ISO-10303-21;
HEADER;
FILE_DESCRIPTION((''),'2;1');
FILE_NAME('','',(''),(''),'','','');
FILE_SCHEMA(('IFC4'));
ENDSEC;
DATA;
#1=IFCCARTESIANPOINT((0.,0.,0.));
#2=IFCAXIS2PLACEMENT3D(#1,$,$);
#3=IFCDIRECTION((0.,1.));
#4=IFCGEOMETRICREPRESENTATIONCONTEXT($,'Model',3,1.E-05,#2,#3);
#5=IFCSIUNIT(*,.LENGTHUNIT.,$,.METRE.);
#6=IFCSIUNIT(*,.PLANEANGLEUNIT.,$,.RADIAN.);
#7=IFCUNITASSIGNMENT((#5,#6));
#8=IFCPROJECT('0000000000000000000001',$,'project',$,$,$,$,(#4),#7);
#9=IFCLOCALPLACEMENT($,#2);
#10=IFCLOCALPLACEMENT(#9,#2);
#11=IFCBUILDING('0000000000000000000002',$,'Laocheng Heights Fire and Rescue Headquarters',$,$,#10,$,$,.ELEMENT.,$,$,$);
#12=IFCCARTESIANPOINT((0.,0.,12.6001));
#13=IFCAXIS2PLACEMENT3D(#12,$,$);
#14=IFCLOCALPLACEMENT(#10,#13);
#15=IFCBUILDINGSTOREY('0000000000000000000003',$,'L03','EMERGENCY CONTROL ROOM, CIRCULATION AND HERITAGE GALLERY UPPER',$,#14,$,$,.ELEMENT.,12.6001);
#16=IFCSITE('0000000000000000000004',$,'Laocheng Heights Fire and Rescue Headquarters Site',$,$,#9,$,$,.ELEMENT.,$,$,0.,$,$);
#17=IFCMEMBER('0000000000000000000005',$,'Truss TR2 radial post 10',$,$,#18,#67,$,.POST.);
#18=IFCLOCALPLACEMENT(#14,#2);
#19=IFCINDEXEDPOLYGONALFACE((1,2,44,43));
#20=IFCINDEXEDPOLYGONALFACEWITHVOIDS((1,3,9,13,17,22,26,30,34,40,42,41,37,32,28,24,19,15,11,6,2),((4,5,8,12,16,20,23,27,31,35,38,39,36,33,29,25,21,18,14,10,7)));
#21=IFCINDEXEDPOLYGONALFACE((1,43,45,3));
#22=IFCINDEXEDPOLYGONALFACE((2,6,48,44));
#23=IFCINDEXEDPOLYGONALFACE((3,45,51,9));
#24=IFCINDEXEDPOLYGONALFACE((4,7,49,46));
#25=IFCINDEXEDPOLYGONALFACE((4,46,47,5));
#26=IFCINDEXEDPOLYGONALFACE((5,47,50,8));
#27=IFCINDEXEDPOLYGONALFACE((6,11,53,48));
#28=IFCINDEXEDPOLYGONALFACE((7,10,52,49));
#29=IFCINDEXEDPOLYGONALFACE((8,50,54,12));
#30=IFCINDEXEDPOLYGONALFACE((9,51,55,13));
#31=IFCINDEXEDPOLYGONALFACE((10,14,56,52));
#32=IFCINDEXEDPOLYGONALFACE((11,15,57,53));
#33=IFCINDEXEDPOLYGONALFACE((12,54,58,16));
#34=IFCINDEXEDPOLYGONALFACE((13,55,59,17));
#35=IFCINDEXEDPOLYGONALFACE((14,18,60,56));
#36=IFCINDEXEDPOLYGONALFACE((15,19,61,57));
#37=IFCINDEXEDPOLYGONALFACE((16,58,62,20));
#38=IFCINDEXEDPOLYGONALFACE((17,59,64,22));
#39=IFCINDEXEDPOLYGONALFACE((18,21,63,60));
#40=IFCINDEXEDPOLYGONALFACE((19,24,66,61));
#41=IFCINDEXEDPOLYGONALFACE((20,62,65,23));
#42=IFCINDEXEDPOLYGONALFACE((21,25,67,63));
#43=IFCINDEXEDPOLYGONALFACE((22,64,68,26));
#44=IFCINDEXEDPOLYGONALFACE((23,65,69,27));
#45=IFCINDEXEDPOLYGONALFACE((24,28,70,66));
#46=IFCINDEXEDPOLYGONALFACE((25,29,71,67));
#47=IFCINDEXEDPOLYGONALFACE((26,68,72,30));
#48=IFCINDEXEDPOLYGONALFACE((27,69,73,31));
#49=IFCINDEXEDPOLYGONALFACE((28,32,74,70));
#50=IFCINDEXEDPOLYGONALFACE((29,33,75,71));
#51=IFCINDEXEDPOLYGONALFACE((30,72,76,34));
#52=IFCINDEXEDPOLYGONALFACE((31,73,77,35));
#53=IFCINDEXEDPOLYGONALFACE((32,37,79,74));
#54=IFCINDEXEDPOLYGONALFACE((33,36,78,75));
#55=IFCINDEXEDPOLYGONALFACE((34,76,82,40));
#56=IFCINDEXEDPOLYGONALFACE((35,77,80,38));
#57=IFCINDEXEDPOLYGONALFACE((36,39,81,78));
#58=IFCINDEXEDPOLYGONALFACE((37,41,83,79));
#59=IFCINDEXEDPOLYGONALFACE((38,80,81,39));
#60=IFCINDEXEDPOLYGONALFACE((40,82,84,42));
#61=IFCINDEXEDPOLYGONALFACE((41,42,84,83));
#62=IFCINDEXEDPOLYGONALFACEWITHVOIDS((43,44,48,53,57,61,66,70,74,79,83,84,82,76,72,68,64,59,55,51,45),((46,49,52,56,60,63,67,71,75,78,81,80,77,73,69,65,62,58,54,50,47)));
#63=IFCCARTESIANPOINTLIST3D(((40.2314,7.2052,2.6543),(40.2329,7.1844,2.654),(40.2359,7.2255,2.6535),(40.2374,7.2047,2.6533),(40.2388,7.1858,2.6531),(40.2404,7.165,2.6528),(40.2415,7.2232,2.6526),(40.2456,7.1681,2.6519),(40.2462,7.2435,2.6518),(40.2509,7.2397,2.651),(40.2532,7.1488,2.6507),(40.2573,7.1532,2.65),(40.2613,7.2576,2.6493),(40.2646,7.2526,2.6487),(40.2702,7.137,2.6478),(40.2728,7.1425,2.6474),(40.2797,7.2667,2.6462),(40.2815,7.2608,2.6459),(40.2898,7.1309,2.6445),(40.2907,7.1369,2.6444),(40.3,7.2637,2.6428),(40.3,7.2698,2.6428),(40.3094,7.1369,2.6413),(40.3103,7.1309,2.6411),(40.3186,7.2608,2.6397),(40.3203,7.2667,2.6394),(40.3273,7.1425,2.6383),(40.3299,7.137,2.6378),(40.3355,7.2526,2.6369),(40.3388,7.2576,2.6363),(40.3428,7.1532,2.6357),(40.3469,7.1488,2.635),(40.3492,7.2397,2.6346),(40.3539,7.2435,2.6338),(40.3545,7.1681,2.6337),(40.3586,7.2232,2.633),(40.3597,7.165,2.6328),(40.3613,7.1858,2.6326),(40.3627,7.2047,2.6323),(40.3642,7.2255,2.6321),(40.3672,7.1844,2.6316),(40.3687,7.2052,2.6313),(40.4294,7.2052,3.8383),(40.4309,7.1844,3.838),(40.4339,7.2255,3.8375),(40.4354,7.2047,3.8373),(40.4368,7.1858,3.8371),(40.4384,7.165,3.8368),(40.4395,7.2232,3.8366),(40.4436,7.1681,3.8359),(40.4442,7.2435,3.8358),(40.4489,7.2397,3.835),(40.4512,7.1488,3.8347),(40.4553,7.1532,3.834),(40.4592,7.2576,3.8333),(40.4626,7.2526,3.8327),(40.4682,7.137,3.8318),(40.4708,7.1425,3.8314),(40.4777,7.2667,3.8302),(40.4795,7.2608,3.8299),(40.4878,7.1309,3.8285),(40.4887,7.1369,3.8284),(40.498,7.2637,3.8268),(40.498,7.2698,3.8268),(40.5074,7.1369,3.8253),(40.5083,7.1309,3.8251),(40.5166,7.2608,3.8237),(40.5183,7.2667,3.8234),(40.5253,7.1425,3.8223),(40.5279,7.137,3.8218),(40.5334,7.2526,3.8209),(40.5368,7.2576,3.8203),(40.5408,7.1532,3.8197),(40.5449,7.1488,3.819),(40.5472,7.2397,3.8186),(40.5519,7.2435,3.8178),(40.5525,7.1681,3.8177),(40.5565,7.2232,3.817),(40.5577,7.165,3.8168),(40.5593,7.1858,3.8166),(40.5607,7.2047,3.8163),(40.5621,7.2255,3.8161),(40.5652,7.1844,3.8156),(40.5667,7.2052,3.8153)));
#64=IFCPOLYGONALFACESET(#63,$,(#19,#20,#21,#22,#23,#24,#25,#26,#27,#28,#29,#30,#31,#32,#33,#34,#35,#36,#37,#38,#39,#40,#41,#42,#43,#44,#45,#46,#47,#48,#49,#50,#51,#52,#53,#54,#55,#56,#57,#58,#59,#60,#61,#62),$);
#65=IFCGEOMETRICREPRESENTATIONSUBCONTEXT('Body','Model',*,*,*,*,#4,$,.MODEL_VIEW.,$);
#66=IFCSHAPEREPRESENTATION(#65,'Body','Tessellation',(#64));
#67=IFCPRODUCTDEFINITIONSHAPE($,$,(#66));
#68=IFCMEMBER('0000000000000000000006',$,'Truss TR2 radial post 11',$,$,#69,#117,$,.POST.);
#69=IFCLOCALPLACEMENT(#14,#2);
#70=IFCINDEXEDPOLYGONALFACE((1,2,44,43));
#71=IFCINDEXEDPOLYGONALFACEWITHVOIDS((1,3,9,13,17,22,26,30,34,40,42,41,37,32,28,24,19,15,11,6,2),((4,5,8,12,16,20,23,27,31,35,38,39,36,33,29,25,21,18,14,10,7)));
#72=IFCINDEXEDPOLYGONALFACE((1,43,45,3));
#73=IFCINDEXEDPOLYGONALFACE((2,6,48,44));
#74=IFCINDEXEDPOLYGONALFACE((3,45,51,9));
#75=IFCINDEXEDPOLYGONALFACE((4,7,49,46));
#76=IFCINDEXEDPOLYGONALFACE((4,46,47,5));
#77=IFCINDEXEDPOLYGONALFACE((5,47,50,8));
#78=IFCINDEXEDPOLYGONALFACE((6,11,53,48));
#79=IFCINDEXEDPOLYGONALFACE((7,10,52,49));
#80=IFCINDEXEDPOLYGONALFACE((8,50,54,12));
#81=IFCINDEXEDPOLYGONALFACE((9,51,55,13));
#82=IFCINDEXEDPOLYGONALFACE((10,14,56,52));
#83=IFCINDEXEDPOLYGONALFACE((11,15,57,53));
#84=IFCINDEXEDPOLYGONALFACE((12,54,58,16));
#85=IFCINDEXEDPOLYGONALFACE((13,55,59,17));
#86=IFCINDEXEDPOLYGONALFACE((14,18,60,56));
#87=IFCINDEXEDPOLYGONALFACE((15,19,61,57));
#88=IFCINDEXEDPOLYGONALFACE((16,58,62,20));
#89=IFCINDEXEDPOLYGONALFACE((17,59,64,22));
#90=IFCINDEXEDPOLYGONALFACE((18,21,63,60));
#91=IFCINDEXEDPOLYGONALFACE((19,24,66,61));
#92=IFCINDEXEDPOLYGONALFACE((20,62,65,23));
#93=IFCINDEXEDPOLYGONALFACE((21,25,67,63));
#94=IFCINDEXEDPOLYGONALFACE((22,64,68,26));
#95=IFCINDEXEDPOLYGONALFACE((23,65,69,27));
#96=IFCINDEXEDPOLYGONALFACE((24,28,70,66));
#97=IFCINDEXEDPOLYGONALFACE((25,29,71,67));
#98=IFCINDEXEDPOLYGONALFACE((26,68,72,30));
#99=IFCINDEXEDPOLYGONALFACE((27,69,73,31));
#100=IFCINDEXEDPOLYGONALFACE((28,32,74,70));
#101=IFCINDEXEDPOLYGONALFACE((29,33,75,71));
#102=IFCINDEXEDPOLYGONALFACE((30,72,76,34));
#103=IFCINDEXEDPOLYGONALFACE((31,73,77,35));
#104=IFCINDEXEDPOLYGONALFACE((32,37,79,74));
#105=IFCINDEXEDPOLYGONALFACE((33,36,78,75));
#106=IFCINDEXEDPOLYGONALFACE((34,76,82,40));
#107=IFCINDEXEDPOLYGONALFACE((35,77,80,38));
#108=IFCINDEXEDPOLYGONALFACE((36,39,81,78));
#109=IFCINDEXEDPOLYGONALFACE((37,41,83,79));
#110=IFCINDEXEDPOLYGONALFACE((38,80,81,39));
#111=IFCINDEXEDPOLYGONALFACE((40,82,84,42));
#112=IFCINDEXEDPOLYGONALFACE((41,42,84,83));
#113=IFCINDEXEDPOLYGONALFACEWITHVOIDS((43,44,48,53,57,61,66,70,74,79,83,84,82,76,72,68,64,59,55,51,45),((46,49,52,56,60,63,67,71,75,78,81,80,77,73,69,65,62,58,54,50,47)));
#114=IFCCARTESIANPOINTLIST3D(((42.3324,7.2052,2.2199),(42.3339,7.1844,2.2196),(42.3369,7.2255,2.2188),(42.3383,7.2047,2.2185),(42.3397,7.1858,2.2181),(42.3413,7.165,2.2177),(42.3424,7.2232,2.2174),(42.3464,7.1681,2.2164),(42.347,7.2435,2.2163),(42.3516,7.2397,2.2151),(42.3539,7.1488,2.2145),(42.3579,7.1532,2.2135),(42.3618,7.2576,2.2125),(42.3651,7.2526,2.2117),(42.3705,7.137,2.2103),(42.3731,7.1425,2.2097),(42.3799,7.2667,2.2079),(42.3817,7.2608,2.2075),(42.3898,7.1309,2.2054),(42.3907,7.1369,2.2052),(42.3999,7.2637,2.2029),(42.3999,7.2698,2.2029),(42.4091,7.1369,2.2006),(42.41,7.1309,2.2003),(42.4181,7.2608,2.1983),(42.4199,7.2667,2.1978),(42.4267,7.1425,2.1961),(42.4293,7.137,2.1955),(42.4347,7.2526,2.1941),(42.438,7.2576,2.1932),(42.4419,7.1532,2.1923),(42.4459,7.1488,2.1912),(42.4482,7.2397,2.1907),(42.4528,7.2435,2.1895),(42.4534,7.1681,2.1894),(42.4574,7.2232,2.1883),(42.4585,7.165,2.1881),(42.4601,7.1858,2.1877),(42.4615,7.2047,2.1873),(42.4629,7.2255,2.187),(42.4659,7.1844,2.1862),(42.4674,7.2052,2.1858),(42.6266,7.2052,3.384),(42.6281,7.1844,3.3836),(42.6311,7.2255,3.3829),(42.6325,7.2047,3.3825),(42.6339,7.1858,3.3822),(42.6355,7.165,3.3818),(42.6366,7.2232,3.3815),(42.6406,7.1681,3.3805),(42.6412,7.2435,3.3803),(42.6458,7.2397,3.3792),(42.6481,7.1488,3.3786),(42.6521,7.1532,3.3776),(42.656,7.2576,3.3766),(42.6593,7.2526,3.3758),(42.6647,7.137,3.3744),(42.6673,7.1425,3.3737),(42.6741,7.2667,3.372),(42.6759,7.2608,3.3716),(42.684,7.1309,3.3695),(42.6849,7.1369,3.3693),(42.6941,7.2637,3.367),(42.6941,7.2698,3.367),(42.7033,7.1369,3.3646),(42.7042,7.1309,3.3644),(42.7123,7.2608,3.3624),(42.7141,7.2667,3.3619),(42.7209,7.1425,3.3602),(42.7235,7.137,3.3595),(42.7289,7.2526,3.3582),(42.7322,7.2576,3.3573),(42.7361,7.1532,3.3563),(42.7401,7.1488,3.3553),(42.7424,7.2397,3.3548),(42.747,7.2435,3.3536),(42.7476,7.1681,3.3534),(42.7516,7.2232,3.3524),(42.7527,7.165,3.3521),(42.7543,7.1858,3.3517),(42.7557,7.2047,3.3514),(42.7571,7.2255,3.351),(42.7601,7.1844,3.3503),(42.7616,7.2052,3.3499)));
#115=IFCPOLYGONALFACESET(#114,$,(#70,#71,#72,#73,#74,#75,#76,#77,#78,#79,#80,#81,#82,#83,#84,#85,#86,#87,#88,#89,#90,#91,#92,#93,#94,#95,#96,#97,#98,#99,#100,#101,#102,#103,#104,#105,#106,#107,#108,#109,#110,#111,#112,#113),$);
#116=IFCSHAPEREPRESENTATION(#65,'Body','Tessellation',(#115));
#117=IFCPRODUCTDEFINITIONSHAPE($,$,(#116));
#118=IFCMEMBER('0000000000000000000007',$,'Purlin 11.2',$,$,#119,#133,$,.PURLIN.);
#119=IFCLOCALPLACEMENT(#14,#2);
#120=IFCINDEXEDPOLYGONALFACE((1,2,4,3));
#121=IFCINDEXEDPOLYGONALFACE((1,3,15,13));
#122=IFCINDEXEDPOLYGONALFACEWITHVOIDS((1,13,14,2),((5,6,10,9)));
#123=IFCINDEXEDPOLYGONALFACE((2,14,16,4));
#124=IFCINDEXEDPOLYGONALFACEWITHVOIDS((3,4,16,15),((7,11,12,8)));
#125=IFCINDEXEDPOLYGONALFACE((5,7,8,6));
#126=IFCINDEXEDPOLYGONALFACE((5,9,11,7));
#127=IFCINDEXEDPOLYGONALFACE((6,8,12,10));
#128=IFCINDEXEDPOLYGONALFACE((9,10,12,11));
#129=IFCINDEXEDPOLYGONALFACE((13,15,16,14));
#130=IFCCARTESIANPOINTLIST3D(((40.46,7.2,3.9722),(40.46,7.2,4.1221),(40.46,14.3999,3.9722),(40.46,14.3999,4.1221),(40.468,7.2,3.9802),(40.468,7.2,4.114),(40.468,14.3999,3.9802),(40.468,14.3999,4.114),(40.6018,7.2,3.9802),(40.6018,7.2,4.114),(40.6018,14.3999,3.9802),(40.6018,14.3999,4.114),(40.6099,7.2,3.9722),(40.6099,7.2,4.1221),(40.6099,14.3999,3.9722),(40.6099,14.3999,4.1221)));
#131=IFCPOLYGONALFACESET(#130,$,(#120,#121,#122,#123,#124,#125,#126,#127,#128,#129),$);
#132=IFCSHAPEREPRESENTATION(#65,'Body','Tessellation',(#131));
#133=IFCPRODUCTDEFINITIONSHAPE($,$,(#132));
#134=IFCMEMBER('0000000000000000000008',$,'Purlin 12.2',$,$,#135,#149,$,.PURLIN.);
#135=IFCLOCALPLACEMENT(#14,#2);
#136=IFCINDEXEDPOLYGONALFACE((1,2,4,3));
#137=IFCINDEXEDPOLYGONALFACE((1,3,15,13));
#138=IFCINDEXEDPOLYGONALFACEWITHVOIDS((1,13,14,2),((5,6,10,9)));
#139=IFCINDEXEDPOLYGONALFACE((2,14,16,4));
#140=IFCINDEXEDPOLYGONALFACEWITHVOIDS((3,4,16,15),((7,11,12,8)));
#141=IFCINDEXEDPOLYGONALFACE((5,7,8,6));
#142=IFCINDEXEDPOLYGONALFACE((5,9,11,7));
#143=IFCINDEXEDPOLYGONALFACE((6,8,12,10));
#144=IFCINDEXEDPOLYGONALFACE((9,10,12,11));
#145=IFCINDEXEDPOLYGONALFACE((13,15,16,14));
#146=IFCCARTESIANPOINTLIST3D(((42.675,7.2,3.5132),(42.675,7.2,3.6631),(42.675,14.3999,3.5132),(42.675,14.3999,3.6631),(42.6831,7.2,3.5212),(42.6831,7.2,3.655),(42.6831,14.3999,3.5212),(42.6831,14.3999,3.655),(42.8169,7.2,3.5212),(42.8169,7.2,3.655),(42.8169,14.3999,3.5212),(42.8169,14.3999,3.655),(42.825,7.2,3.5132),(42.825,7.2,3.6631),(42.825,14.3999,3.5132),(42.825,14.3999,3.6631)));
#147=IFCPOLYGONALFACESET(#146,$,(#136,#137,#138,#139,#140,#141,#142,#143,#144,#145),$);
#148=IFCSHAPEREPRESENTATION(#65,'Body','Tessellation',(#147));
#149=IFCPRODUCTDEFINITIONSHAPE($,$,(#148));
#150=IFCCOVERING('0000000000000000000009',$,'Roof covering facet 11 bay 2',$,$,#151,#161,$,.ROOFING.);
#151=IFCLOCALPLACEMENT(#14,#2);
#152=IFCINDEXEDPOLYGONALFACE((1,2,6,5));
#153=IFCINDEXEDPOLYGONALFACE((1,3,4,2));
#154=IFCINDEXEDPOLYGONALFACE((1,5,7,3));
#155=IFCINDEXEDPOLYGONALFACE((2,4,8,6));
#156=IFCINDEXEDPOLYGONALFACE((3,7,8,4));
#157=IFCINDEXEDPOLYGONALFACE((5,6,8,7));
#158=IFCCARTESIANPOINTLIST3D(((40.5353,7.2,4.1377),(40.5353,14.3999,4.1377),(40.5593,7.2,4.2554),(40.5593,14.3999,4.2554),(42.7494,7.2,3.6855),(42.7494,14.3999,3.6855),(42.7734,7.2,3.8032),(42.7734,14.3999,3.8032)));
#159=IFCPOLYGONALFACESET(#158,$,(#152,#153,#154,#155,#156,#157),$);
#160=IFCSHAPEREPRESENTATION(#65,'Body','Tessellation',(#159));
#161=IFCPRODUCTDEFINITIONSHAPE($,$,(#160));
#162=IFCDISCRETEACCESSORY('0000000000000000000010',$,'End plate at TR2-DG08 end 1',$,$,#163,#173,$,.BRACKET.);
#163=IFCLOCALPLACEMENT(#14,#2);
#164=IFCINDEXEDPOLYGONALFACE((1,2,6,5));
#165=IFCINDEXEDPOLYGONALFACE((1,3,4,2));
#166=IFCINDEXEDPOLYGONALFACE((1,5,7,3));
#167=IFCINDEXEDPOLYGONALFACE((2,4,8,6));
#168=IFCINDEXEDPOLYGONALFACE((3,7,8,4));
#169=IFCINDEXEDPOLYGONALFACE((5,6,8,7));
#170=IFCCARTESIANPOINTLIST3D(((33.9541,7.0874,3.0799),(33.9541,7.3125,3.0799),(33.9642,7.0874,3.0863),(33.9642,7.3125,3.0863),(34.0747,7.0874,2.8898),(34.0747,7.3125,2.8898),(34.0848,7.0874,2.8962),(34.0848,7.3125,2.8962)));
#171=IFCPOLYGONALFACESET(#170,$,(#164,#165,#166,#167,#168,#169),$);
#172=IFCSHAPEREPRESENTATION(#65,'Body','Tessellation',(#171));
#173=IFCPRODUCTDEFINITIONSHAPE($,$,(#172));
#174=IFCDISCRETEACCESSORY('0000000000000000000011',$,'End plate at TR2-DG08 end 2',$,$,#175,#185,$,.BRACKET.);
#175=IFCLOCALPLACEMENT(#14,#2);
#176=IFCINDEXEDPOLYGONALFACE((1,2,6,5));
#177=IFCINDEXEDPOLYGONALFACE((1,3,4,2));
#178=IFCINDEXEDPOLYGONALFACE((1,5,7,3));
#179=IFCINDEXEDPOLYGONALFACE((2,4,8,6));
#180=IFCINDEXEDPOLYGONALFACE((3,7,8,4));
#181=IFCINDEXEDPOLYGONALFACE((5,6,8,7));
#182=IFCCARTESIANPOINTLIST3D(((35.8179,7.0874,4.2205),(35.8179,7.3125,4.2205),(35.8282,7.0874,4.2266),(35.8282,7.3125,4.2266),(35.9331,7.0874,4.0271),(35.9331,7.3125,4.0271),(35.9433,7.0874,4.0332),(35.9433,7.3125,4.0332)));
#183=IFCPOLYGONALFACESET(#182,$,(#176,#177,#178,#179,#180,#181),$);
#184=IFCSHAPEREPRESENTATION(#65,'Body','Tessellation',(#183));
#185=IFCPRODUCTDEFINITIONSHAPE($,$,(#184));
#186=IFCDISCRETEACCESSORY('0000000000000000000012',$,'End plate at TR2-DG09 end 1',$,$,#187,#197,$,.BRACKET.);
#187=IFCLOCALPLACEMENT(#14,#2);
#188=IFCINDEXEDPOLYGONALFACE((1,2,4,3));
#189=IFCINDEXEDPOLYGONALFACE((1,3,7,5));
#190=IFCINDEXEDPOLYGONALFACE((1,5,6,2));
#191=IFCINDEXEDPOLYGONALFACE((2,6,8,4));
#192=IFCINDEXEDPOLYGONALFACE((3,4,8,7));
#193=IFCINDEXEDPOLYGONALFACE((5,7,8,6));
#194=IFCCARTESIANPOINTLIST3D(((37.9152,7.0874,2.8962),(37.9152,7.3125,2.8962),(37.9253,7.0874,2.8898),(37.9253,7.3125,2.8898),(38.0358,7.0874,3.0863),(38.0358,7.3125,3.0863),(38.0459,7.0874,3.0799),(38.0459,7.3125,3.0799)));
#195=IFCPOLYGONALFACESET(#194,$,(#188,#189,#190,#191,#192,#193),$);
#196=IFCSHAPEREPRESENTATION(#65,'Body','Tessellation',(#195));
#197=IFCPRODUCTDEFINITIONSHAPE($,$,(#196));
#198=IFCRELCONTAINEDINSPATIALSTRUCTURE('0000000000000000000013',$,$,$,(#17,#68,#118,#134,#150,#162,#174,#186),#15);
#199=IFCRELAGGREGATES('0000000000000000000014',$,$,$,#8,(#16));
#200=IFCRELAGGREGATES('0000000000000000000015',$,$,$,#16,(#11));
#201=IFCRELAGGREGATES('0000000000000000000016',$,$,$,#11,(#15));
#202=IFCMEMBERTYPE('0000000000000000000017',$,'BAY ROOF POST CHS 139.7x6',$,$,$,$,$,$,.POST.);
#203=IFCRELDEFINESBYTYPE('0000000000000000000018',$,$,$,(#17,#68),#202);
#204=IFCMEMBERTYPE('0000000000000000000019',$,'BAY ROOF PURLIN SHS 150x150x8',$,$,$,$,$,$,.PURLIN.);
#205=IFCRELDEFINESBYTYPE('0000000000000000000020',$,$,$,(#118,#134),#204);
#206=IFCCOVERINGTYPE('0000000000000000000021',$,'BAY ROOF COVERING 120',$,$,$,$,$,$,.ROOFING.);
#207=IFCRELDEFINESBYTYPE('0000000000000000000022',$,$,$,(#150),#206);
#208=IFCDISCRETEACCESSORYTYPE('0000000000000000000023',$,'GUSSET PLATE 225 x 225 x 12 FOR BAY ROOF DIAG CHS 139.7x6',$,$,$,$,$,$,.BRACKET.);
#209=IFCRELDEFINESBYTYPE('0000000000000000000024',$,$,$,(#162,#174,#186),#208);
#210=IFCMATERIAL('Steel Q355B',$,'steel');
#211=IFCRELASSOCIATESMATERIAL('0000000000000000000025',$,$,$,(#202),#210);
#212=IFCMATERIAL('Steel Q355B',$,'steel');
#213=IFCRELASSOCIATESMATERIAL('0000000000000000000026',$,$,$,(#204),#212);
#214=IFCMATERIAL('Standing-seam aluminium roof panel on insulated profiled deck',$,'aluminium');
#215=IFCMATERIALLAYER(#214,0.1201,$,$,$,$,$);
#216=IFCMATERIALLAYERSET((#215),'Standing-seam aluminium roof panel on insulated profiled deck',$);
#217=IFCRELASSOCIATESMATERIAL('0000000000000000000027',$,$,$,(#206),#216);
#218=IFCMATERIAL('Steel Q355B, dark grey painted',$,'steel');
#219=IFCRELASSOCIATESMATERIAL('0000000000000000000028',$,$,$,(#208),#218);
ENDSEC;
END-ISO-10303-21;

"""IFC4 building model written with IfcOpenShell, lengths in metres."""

from ifc_helpers import new_model, si_unit, direction, frame, origin, origin_2d, place, context, subcontext, project, spatial, polyline, rectangle, hollow_rectangle, hollow_circle, outline, extrude, material, layer, layer_set, material_profile, profile_set, type_object, element, save


model = new_model("IFC4")

# Units and contexts
model_context = context("Model", 3, precision=1e-05, world=origin(), true_north=direction((0.0, 1.0)))
body_context = subcontext(model_context, "Body", "Model", "MODEL_VIEW")
ifc_project = project(units=[si_unit("LENGTHUNIT", "METRE"), si_unit("PLANEANGLEUNIT", "RADIAN")], contexts=[model_context])

# Site, building, storey
site_placement = place(None, origin())
site = spatial("IfcSite", under=ifc_project, at=site_placement, Name="Laocheng Heights Fire and Rescue Headquarters Site", CompositionType="ELEMENT", RefElevation=0.0)
building_placement = place(site_placement, origin())
building = spatial("IfcBuilding", under=site, at=building_placement, Name="Laocheng Heights Fire and Rescue Headquarters", CompositionType="ELEMENT")
storey_placement = place(building_placement, frame((0.0, 0.0, 12.6001)))
storey = spatial("IfcBuildingStorey", under=building, at=storey_placement, Name="L03", Description="EMERGENCY CONTROL ROOM, CIRCULATION AND HERITAGE GALLERY UPPER", CompositionType="ELEMENT", Elevation=12.6001)

# Members
ifc_material_1 = material(Name="Steel Q355B", Category="steel")
ifc_material_profile_1 = material_profile(ifc_material_1, hollow_circle(Radius=0.0698, WallThickness=0.0061, at=origin_2d()), Name="CHS 139.7x6")
ifc_profile_set_1 = profile_set([ifc_material_profile_1], Name="Steel Q355B")
member_type_1 = type_object("IfcMemberType", Name="BAY ROOF POST CHS 139.7x6", PredefinedType="POST", material=ifc_profile_set_1)
member_1_placement = place(storey_placement, frame((40.3, 7.2, 2.6428), z_axis=(0.164927, 0.0, 0.986306), x_axis=(0.0, 1.0, 0.0)))
element("IfcMember", 1, at=member_1_placement, inside=storey, type_object=member_type_1, Name="Truss TR2 radial post 10", PredefinedType="POST", context=body_context, shape_type="SweptSolid", body=[
    extrude(hollow_circle(Radius=0.0698, WallThickness=0.0061, at=origin_2d()), origin(), (0.0, 0.0, 1.0), 1.2004),
])
member_2_placement = place(storey_placement, frame((42.3999, 7.2, 2.2029), z_axis=(0.245023, 0.0, 0.969517), x_axis=(0.0, 1.0, 0.0)))
element("IfcMember", 2, at=member_2_placement, inside=storey, type_object=member_type_1, Name="Truss TR2 radial post 11", PredefinedType="POST", context=body_context, shape_type="SweptSolid", body=[
    extrude(hollow_circle(Radius=0.0698, WallThickness=0.0061, at=origin_2d()), origin(), (0.0, 0.0, 1.0), 1.2007),
])
ifc_material_2 = material(Name="Steel Q355B", Category="steel")
ifc_material_profile_2 = material_profile(ifc_material_2, hollow_rectangle(XDim=0.1499, YDim=0.1499, WallThickness=0.0081, at=origin_2d()), Name="SHS 150x150x8")
ifc_profile_set_2 = profile_set([ifc_material_profile_2], Name="Steel Q355B")
member_type_2 = type_object("IfcMemberType", Name="BAY ROOF PURLIN SHS 150x150x8", PredefinedType="PURLIN", material=ifc_profile_set_2)
for number, where, z_axis, x_axis, name in (
    (3, (40.5349, 7.2, 4.0471), (0.0, 1.0, 0.0), (-1.0, 0.0, 0.0), "Purlin 11.2"),
    (4, (42.75, 7.2, 3.5881), (0.0, 1.0, 0.0), (-1.0, 0.0, 0.0), "Purlin 12.2"),
):
    element("IfcMember", number, at=place(storey_placement, frame(where, z_axis=z_axis, x_axis=x_axis)), inside=storey, type_object=member_type_2, Name=name, PredefinedType="PURLIN", context=body_context, shape_type="SweptSolid", body=[
        extrude(hollow_rectangle(XDim=0.1499, YDim=0.1499, WallThickness=0.0081, at=origin_2d()), origin(), (0.0, 0.0, 1.0), 7.2),
    ])

# Covering
ifc_material_3 = material(Name="Standing-seam aluminium roof panel on insulated profiled deck", Category="aluminium")
ifc_layer = layer(ifc_material_3, 0.1201)
ifc_layer_set = layer_set([ifc_layer], Name="Standing-seam aluminium roof panel on insulated profiled deck")
covering_type = type_object("IfcCoveringType", Name="BAY ROOF COVERING 120", PredefinedType="ROOFING", material=ifc_layer_set)
covering_placement = place(storey_placement, frame((40.5593, 7.2, 4.2554), z_axis=(0.200083, 0.0, 0.979779), x_axis=(0.979779, 0.0, -0.200083)))
element("IfcCovering", 5, at=covering_placement, inside=storey, type_object=covering_type, Name="Roof covering facet 11 bay 2", PredefinedType="ROOFING", context=body_context, shape_type="SweptSolid", body=[
    extrude(outline(polyline([(0.0, 0.0), (2.2598, 0.0), (2.2598, 7.2), (0.0, 7.2), (0.0, 0.0)])), origin(), (0.0, 0.0, -1.0), 0.1201),
])

# Discrete accessories
ifc_material_4 = material(Name="Steel Q355B, dark grey painted", Category="steel")
ifc_material_profile_3 = material_profile(ifc_material_4, rectangle(XDim=0.2251, YDim=0.2251, at=origin_2d()), Name="GUSSET PLATE 225 x 225 x 12 FOR BAY ROOF DIAG CHS 139.7x6")
ifc_profile_set_3 = profile_set([ifc_material_profile_3], Name="Steel Q355B, dark grey painted")
discrete_accessory_type = type_object("IfcDiscreteAccessoryType", Name="GUSSET PLATE 225 x 225 x 12 FOR BAY ROOF DIAG CHS 139.7x6", PredefinedType="BRACKET", material=ifc_profile_set_3)
for number, where, z_axis, x_axis, name in (
    (6, (34.0144, 7.2, 2.9849), (0.844509, 0.0, 0.535542), (0.0, 1.0, 0.0), "End plate at TR2-DG08 end 1"),
    (7, (35.8755, 7.2, 4.1238), (0.859293, 0.0, 0.511484), (0.0, 1.0, 0.0), "End plate at TR2-DG08 end 2"),
    (8, (37.9856, 7.2, 2.9849), (-0.844509, 0.0, 0.535542), (0.0, -1.0, 0.0), "End plate at TR2-DG09 end 1"),
):
    element("IfcDiscreteAccessory", number, at=place(storey_placement, frame(where, z_axis=z_axis, x_axis=x_axis)), inside=storey, type_object=discrete_accessory_type, Name=name, PredefinedType="BRACKET", context=body_context, shape_type="SweptSolid", body=[
        extrude(rectangle(XDim=0.2251, YDim=0.2251, at=origin_2d()), origin(), (0.0, 0.0, 1.0), 0.012),
    ])

save(model, "model.ifc")
